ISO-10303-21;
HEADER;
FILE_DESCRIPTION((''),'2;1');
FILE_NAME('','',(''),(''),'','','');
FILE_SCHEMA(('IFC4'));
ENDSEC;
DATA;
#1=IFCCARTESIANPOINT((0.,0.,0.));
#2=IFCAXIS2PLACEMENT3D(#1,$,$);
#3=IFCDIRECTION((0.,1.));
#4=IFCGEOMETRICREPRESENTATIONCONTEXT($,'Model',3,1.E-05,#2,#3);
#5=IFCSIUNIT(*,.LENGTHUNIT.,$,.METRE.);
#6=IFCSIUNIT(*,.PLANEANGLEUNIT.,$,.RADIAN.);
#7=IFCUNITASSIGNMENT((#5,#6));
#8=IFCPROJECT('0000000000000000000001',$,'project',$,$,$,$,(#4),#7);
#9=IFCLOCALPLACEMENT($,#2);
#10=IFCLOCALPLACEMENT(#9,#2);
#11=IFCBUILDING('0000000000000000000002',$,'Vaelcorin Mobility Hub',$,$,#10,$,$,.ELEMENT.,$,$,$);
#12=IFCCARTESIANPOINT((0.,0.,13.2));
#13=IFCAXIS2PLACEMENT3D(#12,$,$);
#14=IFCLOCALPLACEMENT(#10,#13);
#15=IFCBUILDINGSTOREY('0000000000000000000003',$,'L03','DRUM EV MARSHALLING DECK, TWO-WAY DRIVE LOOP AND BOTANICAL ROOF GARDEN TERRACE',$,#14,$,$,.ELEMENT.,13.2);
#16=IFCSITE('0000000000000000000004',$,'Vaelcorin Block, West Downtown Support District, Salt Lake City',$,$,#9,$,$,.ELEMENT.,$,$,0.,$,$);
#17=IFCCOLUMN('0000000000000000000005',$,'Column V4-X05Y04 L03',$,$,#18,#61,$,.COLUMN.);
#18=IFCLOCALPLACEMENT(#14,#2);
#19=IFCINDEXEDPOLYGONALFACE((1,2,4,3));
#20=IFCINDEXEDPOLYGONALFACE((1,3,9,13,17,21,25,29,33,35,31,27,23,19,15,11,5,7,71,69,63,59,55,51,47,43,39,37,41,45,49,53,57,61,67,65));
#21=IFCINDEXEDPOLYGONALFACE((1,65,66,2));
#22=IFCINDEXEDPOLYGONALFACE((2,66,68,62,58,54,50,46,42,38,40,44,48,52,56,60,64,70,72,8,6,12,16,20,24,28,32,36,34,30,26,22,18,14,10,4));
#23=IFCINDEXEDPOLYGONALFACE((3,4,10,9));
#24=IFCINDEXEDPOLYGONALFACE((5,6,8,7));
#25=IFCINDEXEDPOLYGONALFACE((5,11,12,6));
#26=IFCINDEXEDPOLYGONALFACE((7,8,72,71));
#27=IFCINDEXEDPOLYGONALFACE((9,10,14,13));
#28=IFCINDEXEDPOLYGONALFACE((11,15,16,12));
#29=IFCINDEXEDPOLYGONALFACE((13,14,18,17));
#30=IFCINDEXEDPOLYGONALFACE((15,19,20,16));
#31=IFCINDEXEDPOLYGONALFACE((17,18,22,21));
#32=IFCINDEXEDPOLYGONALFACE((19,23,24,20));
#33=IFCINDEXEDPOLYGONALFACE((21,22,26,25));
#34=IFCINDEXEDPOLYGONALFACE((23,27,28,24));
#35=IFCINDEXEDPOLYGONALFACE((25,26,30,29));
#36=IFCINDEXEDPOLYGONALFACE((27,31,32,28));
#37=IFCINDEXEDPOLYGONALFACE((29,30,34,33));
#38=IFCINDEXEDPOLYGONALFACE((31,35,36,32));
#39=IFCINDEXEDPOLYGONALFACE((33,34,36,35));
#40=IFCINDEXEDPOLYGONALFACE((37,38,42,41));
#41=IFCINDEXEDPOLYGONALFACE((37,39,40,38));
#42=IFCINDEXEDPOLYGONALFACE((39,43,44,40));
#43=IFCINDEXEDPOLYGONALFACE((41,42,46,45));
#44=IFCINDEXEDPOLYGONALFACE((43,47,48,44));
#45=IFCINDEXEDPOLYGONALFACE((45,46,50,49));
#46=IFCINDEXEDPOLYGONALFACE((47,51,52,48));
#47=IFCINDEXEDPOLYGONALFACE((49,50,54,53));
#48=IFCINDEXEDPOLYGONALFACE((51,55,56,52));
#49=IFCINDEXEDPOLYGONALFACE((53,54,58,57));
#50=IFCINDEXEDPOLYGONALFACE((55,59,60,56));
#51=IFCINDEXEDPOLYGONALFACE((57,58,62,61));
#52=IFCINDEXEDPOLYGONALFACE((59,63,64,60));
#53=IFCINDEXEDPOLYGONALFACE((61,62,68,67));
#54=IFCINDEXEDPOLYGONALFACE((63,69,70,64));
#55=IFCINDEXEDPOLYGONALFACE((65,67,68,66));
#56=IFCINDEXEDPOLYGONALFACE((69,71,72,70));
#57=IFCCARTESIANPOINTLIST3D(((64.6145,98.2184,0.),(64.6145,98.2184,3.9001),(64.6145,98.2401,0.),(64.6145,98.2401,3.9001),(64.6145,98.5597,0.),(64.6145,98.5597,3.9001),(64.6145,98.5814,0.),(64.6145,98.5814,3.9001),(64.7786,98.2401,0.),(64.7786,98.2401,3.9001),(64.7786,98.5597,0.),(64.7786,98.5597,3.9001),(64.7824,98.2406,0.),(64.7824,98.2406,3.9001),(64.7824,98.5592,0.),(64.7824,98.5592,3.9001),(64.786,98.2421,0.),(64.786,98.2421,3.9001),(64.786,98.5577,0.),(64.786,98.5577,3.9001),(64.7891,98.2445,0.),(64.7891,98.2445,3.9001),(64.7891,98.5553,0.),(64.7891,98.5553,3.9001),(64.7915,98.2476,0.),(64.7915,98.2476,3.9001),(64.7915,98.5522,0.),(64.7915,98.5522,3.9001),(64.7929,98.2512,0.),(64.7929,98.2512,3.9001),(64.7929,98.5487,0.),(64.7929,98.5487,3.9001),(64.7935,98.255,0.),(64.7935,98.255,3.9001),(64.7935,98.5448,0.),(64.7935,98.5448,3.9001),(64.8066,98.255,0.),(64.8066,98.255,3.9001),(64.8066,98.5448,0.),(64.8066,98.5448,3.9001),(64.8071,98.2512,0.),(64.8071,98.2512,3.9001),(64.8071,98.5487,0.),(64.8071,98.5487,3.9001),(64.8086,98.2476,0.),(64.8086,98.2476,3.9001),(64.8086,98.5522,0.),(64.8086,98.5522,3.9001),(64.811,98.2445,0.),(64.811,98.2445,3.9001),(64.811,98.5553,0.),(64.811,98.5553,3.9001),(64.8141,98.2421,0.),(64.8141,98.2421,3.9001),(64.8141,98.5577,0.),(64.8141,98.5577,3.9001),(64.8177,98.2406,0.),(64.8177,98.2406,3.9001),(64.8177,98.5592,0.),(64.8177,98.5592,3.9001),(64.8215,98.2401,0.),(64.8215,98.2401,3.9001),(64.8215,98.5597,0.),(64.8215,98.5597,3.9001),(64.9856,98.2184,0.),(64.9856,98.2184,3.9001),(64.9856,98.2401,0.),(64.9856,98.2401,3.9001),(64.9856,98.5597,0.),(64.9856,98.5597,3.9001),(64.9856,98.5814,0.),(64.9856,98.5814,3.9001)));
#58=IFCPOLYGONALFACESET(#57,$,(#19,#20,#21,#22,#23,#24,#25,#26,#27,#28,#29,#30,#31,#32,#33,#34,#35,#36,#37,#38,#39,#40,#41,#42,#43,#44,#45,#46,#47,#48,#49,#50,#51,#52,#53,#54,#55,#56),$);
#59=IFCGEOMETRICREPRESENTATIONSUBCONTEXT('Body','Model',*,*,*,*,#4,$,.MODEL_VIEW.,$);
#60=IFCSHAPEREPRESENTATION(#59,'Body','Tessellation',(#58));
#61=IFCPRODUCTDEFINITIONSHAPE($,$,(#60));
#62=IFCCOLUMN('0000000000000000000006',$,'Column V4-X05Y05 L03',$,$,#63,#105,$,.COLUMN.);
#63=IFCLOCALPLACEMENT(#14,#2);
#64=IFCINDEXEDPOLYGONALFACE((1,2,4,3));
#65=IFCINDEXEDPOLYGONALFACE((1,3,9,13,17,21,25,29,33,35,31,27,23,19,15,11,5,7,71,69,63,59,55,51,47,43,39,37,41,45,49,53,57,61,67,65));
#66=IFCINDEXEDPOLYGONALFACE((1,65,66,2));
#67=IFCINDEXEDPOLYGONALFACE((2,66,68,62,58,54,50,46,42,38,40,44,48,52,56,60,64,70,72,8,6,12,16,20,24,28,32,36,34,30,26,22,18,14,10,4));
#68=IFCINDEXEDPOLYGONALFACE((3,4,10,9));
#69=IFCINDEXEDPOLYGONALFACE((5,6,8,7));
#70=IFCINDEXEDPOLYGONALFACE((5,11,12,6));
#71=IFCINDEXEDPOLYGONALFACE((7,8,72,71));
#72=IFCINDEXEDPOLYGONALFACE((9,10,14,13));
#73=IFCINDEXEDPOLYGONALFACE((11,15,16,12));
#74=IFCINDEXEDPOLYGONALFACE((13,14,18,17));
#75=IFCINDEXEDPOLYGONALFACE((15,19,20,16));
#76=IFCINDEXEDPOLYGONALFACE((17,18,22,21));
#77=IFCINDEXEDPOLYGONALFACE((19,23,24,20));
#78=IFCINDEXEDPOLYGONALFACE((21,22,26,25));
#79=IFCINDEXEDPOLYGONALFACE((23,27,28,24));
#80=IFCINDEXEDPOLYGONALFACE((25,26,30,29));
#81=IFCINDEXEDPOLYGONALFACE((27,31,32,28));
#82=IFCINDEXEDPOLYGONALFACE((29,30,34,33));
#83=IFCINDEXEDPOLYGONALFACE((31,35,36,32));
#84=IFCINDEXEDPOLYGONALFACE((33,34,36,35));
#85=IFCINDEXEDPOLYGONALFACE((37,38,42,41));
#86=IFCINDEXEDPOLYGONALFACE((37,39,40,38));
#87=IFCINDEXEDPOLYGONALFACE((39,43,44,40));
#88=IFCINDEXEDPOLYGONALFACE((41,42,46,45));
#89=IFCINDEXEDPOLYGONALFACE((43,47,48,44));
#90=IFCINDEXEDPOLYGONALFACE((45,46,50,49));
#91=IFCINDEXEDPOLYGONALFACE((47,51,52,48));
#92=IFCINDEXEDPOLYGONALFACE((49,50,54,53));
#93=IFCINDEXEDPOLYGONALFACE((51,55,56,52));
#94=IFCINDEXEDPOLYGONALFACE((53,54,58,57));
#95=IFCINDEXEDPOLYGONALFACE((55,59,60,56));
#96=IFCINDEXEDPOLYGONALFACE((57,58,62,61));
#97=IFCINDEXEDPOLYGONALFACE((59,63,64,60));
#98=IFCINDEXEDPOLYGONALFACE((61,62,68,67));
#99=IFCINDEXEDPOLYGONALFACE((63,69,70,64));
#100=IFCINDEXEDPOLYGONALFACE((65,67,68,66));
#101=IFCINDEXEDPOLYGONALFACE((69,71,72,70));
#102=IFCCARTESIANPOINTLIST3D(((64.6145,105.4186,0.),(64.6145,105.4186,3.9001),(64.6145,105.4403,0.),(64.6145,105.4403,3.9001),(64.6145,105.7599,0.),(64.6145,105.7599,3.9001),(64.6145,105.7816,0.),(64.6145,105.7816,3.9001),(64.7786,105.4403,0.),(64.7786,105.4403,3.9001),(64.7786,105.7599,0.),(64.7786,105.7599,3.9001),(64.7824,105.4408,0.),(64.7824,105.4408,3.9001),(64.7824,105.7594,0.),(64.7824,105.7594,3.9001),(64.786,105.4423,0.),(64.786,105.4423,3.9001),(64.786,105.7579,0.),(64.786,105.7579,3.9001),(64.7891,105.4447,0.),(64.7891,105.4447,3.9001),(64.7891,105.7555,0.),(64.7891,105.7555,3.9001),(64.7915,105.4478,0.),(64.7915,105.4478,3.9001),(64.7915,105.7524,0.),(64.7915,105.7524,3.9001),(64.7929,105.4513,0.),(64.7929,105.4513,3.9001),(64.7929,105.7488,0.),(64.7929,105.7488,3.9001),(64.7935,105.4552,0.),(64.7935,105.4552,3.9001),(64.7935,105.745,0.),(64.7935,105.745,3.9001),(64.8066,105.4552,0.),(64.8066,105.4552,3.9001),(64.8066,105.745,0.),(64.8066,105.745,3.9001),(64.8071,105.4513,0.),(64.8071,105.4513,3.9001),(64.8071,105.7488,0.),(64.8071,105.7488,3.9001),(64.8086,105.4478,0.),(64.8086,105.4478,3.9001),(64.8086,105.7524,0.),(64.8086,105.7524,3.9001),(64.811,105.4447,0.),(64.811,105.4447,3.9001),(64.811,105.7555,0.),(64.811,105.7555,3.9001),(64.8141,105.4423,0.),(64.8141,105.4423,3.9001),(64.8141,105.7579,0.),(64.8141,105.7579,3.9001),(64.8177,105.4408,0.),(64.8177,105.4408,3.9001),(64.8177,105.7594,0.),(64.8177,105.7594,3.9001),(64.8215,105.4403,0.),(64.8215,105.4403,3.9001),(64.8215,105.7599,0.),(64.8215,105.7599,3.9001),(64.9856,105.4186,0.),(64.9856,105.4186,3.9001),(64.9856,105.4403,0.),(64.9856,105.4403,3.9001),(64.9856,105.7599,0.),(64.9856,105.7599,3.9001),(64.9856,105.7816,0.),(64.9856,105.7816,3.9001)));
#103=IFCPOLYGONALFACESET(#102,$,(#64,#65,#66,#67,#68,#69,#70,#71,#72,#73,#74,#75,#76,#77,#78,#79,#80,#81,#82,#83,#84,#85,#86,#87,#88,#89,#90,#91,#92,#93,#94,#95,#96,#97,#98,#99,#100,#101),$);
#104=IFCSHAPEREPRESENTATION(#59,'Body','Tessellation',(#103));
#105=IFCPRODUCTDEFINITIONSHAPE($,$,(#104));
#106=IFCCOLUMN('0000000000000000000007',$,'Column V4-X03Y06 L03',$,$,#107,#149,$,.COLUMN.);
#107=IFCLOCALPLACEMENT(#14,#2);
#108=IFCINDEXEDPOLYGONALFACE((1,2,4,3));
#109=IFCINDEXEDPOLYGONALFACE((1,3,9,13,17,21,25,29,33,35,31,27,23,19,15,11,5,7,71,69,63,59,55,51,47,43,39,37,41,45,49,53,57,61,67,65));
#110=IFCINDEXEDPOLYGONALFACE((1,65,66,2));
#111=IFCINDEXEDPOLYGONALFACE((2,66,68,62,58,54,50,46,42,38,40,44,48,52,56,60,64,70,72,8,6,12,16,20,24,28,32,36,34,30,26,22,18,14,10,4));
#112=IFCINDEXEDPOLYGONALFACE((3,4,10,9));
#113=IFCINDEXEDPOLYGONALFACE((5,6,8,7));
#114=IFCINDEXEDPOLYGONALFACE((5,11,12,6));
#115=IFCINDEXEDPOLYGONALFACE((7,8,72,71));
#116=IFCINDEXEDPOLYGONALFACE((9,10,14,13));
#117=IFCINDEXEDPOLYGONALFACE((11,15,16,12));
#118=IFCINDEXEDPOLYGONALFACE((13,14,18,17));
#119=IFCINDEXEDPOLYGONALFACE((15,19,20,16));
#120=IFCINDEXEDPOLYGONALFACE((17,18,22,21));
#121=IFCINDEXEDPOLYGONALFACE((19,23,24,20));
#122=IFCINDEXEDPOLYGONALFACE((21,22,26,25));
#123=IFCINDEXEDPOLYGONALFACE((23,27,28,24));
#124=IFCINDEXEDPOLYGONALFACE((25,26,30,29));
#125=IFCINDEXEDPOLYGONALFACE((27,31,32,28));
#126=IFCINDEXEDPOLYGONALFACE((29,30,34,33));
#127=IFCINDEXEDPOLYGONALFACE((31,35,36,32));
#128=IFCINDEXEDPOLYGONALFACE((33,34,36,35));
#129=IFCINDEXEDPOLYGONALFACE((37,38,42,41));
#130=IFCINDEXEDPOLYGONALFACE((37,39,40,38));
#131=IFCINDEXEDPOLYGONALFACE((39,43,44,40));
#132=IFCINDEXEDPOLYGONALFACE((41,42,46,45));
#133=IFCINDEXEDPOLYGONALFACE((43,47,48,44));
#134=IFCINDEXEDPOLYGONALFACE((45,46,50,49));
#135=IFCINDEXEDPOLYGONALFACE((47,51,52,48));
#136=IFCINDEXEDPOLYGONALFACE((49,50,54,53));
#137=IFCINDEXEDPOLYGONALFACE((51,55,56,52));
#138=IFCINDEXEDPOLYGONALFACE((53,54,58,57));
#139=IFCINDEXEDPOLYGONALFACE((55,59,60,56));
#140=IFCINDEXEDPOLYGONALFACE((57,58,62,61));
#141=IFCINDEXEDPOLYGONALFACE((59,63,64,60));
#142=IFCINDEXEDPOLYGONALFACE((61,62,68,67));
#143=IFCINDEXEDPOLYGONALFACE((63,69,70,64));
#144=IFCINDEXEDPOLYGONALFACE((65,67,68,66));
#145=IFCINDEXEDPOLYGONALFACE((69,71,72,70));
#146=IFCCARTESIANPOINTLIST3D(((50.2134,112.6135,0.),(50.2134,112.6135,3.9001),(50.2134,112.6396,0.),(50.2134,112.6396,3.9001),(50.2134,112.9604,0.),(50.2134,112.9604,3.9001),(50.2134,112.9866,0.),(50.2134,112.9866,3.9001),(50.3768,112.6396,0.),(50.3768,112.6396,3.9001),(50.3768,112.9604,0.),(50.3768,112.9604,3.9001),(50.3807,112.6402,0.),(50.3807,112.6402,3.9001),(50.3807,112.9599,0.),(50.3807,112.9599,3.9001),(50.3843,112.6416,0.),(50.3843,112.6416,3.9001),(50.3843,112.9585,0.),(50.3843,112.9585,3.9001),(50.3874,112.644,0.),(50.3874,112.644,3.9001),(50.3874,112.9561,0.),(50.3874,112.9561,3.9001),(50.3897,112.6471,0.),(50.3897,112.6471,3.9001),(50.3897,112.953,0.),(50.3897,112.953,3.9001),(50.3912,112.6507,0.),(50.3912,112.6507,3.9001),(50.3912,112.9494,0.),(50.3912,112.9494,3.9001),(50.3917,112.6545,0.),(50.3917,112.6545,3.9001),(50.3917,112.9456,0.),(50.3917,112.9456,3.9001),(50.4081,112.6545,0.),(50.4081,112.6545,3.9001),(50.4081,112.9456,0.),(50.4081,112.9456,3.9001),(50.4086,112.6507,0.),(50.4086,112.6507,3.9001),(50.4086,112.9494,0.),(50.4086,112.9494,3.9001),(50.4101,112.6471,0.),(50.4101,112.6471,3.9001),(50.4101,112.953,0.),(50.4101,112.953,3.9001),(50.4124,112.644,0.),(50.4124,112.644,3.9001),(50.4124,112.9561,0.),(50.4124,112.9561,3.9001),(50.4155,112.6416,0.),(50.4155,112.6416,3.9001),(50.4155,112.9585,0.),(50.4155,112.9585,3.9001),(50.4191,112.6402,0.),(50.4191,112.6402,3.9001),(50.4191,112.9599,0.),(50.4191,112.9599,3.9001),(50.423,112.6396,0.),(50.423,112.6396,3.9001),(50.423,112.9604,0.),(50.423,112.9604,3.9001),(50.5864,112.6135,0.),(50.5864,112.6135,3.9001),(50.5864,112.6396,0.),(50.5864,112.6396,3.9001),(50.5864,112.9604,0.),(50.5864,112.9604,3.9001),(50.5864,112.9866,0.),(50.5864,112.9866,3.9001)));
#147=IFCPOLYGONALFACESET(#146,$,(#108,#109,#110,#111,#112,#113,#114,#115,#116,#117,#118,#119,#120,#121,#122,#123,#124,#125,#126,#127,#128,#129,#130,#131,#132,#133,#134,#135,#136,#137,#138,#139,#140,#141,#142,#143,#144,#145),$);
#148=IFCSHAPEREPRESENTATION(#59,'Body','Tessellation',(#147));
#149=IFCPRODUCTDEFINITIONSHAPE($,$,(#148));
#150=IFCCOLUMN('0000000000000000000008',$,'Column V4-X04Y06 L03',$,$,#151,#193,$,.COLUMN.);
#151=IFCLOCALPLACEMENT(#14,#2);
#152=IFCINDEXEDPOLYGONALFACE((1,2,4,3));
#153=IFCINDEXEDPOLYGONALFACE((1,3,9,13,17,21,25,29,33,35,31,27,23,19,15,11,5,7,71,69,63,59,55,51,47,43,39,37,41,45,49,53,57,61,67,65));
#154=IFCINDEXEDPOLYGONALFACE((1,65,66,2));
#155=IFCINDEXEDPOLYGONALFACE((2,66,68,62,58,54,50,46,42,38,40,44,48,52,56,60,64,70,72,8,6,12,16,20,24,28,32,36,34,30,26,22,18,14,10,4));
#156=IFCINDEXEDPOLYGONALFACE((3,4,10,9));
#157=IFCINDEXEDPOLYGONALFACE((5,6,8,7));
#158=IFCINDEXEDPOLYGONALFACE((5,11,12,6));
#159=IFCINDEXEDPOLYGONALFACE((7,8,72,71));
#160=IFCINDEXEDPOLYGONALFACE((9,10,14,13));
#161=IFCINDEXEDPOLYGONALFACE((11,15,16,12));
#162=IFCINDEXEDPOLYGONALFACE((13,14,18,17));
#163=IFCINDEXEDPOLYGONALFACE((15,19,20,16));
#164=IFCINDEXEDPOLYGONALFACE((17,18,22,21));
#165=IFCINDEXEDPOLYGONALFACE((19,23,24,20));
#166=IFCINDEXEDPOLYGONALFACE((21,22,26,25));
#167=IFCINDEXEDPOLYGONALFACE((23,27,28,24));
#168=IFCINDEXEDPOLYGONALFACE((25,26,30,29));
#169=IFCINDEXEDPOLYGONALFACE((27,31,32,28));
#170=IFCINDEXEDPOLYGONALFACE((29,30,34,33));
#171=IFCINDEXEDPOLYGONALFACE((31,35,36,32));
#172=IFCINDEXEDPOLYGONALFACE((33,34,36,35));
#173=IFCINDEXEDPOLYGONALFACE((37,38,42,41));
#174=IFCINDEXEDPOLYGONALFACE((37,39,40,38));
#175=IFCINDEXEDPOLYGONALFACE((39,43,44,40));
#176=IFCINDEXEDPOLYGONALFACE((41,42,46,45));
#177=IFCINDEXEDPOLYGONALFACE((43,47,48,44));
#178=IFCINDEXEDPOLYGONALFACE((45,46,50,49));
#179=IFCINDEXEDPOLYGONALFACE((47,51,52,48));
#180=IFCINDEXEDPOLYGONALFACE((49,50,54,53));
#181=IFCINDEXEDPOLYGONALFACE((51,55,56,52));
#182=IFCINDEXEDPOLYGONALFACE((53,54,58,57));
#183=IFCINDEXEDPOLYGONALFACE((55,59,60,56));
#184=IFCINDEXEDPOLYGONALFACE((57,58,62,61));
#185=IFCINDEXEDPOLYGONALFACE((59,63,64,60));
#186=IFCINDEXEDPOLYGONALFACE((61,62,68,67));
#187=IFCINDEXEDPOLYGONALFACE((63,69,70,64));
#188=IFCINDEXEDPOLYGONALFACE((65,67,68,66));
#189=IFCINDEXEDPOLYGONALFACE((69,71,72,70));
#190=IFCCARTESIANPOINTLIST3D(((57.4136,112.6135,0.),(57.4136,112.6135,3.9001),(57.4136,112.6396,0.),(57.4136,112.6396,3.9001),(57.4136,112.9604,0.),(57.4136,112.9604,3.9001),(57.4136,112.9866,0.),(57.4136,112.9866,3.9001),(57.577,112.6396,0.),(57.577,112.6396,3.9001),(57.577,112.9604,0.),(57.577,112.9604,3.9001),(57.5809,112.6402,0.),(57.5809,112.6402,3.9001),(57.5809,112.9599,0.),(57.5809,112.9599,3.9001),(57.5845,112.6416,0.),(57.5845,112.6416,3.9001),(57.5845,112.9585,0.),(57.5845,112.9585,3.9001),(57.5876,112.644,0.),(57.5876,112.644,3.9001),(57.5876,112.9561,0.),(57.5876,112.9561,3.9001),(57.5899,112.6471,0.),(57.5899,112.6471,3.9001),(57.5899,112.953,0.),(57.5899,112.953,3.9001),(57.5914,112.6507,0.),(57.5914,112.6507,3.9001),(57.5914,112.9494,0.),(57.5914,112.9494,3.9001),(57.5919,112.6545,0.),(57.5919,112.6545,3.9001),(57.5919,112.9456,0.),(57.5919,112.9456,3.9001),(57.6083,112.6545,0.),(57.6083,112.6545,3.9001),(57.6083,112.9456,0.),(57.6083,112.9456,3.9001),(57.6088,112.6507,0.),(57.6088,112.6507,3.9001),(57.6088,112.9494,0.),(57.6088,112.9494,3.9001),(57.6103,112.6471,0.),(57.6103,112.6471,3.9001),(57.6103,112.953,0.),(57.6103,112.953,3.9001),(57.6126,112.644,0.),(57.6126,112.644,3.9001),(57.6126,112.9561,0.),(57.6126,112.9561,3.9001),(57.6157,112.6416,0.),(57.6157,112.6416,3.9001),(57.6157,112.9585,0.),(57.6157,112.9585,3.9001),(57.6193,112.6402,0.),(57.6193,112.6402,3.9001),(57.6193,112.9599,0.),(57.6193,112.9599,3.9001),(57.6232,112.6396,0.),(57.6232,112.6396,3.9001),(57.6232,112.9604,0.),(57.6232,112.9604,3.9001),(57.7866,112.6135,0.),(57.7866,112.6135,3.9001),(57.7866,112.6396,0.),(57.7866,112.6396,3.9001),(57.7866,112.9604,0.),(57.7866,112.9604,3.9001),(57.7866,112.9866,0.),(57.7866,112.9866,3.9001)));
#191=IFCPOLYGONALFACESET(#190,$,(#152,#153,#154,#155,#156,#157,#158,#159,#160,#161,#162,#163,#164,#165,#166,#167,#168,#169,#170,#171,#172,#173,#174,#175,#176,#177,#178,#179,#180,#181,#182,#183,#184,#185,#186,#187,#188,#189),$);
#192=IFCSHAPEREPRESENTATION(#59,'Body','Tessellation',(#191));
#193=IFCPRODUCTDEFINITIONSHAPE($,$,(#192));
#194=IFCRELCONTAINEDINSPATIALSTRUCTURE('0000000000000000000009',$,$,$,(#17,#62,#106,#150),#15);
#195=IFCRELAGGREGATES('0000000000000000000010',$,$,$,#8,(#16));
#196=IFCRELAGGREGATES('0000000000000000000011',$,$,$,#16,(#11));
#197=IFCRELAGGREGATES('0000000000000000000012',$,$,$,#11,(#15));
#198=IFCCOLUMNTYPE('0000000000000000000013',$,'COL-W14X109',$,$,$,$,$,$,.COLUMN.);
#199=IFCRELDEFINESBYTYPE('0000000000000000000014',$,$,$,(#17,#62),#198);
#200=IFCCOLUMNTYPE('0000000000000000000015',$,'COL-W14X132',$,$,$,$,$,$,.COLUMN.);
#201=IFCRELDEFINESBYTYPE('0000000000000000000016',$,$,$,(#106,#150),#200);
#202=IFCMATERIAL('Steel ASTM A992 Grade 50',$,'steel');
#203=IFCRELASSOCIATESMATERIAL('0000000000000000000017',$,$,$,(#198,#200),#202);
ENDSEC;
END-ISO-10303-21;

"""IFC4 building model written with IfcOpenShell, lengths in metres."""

from ifc_helpers import new_model, si_unit, direction, frame, origin, origin_2d, place, context, subcontext, project, spatial, i_section, extrude, material, material_profile, profile_set, type_object, element, save


model = new_model("IFC4")

# Units and contexts
model_context = context("Model", 3, precision=1e-05, world=origin(), true_north=direction((0.0, 1.0)))
body_context = subcontext(model_context, "Body", "Model", "MODEL_VIEW")
ifc_project = project(units=[si_unit("LENGTHUNIT", "METRE"), si_unit("PLANEANGLEUNIT", "RADIAN")], contexts=[model_context])

# Site, building, storey
site_placement = place(None, origin())
site = spatial("IfcSite", under=ifc_project, at=site_placement, Name="Vaelcorin Block, West Downtown Support District, Salt Lake City", CompositionType="ELEMENT", RefElevation=0.0)
building_placement = place(site_placement, origin())
building = spatial("IfcBuilding", under=site, at=building_placement, Name="Vaelcorin Mobility Hub", CompositionType="ELEMENT")
storey_placement = place(building_placement, frame((0.0, 0.0, 13.2)))
storey = spatial("IfcBuildingStorey", under=building, at=storey_placement, Name="L03", Description="DRUM EV MARSHALLING DECK, TWO-WAY DRIVE LOOP AND BOTANICAL ROOF GARDEN TERRACE", CompositionType="ELEMENT", Elevation=13.2)

# Columns
ifc_material_1 = material(Name="Steel ASTM A992 Grade 50", Category="steel")
ifc_material_profile_1 = material_profile(ifc_material_1, i_section(OverallWidth=0.3711, OverallDepth=0.363, WebThickness=0.0132, FlangeThickness=0.0217, FilletRadius=0.0149, at=origin_2d()), Name="W14X109")
ifc_profile_set_1 = profile_set([ifc_material_profile_1], Name="Steel ASTM A992 Grade 50")
column_type_1 = type_object("IfcColumnType", Name="COL-W14X109", PredefinedType="COLUMN", material=ifc_profile_set_1)
for number, where, z_axis, x_axis, name in (
    (1, (64.8, 98.3999, 0.0), (0.0, 0.0, 1.0), (1.0, 0.0, 0.0), "Column V4-X05Y04 L03"),
    (2, (64.8, 105.6001, 0.0), (0.0, 0.0, 1.0), (1.0, 0.0, 0.0), "Column V4-X05Y05 L03"),
):
    element("IfcColumn", number, at=place(storey_placement, frame(where, z_axis=z_axis, x_axis=x_axis)), inside=storey, type_object=column_type_1, Name=name, PredefinedType="COLUMN", context=body_context, shape_type="SweptSolid", body=[
        extrude(i_section(OverallWidth=0.3711, OverallDepth=0.363, WebThickness=0.0132, FlangeThickness=0.0217, FilletRadius=0.0149, at=origin_2d()), origin(), (0.0, 0.0, 1.0), 3.9001),
    ])
ifc_material_profile_2 = material_profile(ifc_material_1, i_section(OverallWidth=0.373, OverallDepth=0.373, WebThickness=0.0164, FlangeThickness=0.0261, FilletRadius=0.0149, at=origin_2d()), Name="W14X132")
ifc_profile_set_2 = profile_set([ifc_material_profile_2], Name="Steel ASTM A992 Grade 50")
column_type_2 = type_object("IfcColumnType", Name="COL-W14X132", PredefinedType="COLUMN", material=ifc_profile_set_2)
for number, where, z_axis, x_axis, name in (
    (3, (50.3999, 112.8, 0.0), (0.0, 0.0, 1.0), (1.0, 0.0, 0.0), "Column V4-X03Y06 L03"),
    (4, (57.6001, 112.8, 0.0), (0.0, 0.0, 1.0), (1.0, 0.0, 0.0), "Column V4-X04Y06 L03"),
):
    element("IfcColumn", number, at=place(storey_placement, frame(where, z_axis=z_axis, x_axis=x_axis)), inside=storey, type_object=column_type_2, Name=name, PredefinedType="COLUMN", context=body_context, shape_type="SweptSolid", body=[
        extrude(i_section(OverallWidth=0.373, OverallDepth=0.373, WebThickness=0.0164, FlangeThickness=0.0261, FilletRadius=0.0149, at=origin_2d()), origin(), (0.0, 0.0, 1.0), 3.9001),
    ])

save(model, "model.ifc")
